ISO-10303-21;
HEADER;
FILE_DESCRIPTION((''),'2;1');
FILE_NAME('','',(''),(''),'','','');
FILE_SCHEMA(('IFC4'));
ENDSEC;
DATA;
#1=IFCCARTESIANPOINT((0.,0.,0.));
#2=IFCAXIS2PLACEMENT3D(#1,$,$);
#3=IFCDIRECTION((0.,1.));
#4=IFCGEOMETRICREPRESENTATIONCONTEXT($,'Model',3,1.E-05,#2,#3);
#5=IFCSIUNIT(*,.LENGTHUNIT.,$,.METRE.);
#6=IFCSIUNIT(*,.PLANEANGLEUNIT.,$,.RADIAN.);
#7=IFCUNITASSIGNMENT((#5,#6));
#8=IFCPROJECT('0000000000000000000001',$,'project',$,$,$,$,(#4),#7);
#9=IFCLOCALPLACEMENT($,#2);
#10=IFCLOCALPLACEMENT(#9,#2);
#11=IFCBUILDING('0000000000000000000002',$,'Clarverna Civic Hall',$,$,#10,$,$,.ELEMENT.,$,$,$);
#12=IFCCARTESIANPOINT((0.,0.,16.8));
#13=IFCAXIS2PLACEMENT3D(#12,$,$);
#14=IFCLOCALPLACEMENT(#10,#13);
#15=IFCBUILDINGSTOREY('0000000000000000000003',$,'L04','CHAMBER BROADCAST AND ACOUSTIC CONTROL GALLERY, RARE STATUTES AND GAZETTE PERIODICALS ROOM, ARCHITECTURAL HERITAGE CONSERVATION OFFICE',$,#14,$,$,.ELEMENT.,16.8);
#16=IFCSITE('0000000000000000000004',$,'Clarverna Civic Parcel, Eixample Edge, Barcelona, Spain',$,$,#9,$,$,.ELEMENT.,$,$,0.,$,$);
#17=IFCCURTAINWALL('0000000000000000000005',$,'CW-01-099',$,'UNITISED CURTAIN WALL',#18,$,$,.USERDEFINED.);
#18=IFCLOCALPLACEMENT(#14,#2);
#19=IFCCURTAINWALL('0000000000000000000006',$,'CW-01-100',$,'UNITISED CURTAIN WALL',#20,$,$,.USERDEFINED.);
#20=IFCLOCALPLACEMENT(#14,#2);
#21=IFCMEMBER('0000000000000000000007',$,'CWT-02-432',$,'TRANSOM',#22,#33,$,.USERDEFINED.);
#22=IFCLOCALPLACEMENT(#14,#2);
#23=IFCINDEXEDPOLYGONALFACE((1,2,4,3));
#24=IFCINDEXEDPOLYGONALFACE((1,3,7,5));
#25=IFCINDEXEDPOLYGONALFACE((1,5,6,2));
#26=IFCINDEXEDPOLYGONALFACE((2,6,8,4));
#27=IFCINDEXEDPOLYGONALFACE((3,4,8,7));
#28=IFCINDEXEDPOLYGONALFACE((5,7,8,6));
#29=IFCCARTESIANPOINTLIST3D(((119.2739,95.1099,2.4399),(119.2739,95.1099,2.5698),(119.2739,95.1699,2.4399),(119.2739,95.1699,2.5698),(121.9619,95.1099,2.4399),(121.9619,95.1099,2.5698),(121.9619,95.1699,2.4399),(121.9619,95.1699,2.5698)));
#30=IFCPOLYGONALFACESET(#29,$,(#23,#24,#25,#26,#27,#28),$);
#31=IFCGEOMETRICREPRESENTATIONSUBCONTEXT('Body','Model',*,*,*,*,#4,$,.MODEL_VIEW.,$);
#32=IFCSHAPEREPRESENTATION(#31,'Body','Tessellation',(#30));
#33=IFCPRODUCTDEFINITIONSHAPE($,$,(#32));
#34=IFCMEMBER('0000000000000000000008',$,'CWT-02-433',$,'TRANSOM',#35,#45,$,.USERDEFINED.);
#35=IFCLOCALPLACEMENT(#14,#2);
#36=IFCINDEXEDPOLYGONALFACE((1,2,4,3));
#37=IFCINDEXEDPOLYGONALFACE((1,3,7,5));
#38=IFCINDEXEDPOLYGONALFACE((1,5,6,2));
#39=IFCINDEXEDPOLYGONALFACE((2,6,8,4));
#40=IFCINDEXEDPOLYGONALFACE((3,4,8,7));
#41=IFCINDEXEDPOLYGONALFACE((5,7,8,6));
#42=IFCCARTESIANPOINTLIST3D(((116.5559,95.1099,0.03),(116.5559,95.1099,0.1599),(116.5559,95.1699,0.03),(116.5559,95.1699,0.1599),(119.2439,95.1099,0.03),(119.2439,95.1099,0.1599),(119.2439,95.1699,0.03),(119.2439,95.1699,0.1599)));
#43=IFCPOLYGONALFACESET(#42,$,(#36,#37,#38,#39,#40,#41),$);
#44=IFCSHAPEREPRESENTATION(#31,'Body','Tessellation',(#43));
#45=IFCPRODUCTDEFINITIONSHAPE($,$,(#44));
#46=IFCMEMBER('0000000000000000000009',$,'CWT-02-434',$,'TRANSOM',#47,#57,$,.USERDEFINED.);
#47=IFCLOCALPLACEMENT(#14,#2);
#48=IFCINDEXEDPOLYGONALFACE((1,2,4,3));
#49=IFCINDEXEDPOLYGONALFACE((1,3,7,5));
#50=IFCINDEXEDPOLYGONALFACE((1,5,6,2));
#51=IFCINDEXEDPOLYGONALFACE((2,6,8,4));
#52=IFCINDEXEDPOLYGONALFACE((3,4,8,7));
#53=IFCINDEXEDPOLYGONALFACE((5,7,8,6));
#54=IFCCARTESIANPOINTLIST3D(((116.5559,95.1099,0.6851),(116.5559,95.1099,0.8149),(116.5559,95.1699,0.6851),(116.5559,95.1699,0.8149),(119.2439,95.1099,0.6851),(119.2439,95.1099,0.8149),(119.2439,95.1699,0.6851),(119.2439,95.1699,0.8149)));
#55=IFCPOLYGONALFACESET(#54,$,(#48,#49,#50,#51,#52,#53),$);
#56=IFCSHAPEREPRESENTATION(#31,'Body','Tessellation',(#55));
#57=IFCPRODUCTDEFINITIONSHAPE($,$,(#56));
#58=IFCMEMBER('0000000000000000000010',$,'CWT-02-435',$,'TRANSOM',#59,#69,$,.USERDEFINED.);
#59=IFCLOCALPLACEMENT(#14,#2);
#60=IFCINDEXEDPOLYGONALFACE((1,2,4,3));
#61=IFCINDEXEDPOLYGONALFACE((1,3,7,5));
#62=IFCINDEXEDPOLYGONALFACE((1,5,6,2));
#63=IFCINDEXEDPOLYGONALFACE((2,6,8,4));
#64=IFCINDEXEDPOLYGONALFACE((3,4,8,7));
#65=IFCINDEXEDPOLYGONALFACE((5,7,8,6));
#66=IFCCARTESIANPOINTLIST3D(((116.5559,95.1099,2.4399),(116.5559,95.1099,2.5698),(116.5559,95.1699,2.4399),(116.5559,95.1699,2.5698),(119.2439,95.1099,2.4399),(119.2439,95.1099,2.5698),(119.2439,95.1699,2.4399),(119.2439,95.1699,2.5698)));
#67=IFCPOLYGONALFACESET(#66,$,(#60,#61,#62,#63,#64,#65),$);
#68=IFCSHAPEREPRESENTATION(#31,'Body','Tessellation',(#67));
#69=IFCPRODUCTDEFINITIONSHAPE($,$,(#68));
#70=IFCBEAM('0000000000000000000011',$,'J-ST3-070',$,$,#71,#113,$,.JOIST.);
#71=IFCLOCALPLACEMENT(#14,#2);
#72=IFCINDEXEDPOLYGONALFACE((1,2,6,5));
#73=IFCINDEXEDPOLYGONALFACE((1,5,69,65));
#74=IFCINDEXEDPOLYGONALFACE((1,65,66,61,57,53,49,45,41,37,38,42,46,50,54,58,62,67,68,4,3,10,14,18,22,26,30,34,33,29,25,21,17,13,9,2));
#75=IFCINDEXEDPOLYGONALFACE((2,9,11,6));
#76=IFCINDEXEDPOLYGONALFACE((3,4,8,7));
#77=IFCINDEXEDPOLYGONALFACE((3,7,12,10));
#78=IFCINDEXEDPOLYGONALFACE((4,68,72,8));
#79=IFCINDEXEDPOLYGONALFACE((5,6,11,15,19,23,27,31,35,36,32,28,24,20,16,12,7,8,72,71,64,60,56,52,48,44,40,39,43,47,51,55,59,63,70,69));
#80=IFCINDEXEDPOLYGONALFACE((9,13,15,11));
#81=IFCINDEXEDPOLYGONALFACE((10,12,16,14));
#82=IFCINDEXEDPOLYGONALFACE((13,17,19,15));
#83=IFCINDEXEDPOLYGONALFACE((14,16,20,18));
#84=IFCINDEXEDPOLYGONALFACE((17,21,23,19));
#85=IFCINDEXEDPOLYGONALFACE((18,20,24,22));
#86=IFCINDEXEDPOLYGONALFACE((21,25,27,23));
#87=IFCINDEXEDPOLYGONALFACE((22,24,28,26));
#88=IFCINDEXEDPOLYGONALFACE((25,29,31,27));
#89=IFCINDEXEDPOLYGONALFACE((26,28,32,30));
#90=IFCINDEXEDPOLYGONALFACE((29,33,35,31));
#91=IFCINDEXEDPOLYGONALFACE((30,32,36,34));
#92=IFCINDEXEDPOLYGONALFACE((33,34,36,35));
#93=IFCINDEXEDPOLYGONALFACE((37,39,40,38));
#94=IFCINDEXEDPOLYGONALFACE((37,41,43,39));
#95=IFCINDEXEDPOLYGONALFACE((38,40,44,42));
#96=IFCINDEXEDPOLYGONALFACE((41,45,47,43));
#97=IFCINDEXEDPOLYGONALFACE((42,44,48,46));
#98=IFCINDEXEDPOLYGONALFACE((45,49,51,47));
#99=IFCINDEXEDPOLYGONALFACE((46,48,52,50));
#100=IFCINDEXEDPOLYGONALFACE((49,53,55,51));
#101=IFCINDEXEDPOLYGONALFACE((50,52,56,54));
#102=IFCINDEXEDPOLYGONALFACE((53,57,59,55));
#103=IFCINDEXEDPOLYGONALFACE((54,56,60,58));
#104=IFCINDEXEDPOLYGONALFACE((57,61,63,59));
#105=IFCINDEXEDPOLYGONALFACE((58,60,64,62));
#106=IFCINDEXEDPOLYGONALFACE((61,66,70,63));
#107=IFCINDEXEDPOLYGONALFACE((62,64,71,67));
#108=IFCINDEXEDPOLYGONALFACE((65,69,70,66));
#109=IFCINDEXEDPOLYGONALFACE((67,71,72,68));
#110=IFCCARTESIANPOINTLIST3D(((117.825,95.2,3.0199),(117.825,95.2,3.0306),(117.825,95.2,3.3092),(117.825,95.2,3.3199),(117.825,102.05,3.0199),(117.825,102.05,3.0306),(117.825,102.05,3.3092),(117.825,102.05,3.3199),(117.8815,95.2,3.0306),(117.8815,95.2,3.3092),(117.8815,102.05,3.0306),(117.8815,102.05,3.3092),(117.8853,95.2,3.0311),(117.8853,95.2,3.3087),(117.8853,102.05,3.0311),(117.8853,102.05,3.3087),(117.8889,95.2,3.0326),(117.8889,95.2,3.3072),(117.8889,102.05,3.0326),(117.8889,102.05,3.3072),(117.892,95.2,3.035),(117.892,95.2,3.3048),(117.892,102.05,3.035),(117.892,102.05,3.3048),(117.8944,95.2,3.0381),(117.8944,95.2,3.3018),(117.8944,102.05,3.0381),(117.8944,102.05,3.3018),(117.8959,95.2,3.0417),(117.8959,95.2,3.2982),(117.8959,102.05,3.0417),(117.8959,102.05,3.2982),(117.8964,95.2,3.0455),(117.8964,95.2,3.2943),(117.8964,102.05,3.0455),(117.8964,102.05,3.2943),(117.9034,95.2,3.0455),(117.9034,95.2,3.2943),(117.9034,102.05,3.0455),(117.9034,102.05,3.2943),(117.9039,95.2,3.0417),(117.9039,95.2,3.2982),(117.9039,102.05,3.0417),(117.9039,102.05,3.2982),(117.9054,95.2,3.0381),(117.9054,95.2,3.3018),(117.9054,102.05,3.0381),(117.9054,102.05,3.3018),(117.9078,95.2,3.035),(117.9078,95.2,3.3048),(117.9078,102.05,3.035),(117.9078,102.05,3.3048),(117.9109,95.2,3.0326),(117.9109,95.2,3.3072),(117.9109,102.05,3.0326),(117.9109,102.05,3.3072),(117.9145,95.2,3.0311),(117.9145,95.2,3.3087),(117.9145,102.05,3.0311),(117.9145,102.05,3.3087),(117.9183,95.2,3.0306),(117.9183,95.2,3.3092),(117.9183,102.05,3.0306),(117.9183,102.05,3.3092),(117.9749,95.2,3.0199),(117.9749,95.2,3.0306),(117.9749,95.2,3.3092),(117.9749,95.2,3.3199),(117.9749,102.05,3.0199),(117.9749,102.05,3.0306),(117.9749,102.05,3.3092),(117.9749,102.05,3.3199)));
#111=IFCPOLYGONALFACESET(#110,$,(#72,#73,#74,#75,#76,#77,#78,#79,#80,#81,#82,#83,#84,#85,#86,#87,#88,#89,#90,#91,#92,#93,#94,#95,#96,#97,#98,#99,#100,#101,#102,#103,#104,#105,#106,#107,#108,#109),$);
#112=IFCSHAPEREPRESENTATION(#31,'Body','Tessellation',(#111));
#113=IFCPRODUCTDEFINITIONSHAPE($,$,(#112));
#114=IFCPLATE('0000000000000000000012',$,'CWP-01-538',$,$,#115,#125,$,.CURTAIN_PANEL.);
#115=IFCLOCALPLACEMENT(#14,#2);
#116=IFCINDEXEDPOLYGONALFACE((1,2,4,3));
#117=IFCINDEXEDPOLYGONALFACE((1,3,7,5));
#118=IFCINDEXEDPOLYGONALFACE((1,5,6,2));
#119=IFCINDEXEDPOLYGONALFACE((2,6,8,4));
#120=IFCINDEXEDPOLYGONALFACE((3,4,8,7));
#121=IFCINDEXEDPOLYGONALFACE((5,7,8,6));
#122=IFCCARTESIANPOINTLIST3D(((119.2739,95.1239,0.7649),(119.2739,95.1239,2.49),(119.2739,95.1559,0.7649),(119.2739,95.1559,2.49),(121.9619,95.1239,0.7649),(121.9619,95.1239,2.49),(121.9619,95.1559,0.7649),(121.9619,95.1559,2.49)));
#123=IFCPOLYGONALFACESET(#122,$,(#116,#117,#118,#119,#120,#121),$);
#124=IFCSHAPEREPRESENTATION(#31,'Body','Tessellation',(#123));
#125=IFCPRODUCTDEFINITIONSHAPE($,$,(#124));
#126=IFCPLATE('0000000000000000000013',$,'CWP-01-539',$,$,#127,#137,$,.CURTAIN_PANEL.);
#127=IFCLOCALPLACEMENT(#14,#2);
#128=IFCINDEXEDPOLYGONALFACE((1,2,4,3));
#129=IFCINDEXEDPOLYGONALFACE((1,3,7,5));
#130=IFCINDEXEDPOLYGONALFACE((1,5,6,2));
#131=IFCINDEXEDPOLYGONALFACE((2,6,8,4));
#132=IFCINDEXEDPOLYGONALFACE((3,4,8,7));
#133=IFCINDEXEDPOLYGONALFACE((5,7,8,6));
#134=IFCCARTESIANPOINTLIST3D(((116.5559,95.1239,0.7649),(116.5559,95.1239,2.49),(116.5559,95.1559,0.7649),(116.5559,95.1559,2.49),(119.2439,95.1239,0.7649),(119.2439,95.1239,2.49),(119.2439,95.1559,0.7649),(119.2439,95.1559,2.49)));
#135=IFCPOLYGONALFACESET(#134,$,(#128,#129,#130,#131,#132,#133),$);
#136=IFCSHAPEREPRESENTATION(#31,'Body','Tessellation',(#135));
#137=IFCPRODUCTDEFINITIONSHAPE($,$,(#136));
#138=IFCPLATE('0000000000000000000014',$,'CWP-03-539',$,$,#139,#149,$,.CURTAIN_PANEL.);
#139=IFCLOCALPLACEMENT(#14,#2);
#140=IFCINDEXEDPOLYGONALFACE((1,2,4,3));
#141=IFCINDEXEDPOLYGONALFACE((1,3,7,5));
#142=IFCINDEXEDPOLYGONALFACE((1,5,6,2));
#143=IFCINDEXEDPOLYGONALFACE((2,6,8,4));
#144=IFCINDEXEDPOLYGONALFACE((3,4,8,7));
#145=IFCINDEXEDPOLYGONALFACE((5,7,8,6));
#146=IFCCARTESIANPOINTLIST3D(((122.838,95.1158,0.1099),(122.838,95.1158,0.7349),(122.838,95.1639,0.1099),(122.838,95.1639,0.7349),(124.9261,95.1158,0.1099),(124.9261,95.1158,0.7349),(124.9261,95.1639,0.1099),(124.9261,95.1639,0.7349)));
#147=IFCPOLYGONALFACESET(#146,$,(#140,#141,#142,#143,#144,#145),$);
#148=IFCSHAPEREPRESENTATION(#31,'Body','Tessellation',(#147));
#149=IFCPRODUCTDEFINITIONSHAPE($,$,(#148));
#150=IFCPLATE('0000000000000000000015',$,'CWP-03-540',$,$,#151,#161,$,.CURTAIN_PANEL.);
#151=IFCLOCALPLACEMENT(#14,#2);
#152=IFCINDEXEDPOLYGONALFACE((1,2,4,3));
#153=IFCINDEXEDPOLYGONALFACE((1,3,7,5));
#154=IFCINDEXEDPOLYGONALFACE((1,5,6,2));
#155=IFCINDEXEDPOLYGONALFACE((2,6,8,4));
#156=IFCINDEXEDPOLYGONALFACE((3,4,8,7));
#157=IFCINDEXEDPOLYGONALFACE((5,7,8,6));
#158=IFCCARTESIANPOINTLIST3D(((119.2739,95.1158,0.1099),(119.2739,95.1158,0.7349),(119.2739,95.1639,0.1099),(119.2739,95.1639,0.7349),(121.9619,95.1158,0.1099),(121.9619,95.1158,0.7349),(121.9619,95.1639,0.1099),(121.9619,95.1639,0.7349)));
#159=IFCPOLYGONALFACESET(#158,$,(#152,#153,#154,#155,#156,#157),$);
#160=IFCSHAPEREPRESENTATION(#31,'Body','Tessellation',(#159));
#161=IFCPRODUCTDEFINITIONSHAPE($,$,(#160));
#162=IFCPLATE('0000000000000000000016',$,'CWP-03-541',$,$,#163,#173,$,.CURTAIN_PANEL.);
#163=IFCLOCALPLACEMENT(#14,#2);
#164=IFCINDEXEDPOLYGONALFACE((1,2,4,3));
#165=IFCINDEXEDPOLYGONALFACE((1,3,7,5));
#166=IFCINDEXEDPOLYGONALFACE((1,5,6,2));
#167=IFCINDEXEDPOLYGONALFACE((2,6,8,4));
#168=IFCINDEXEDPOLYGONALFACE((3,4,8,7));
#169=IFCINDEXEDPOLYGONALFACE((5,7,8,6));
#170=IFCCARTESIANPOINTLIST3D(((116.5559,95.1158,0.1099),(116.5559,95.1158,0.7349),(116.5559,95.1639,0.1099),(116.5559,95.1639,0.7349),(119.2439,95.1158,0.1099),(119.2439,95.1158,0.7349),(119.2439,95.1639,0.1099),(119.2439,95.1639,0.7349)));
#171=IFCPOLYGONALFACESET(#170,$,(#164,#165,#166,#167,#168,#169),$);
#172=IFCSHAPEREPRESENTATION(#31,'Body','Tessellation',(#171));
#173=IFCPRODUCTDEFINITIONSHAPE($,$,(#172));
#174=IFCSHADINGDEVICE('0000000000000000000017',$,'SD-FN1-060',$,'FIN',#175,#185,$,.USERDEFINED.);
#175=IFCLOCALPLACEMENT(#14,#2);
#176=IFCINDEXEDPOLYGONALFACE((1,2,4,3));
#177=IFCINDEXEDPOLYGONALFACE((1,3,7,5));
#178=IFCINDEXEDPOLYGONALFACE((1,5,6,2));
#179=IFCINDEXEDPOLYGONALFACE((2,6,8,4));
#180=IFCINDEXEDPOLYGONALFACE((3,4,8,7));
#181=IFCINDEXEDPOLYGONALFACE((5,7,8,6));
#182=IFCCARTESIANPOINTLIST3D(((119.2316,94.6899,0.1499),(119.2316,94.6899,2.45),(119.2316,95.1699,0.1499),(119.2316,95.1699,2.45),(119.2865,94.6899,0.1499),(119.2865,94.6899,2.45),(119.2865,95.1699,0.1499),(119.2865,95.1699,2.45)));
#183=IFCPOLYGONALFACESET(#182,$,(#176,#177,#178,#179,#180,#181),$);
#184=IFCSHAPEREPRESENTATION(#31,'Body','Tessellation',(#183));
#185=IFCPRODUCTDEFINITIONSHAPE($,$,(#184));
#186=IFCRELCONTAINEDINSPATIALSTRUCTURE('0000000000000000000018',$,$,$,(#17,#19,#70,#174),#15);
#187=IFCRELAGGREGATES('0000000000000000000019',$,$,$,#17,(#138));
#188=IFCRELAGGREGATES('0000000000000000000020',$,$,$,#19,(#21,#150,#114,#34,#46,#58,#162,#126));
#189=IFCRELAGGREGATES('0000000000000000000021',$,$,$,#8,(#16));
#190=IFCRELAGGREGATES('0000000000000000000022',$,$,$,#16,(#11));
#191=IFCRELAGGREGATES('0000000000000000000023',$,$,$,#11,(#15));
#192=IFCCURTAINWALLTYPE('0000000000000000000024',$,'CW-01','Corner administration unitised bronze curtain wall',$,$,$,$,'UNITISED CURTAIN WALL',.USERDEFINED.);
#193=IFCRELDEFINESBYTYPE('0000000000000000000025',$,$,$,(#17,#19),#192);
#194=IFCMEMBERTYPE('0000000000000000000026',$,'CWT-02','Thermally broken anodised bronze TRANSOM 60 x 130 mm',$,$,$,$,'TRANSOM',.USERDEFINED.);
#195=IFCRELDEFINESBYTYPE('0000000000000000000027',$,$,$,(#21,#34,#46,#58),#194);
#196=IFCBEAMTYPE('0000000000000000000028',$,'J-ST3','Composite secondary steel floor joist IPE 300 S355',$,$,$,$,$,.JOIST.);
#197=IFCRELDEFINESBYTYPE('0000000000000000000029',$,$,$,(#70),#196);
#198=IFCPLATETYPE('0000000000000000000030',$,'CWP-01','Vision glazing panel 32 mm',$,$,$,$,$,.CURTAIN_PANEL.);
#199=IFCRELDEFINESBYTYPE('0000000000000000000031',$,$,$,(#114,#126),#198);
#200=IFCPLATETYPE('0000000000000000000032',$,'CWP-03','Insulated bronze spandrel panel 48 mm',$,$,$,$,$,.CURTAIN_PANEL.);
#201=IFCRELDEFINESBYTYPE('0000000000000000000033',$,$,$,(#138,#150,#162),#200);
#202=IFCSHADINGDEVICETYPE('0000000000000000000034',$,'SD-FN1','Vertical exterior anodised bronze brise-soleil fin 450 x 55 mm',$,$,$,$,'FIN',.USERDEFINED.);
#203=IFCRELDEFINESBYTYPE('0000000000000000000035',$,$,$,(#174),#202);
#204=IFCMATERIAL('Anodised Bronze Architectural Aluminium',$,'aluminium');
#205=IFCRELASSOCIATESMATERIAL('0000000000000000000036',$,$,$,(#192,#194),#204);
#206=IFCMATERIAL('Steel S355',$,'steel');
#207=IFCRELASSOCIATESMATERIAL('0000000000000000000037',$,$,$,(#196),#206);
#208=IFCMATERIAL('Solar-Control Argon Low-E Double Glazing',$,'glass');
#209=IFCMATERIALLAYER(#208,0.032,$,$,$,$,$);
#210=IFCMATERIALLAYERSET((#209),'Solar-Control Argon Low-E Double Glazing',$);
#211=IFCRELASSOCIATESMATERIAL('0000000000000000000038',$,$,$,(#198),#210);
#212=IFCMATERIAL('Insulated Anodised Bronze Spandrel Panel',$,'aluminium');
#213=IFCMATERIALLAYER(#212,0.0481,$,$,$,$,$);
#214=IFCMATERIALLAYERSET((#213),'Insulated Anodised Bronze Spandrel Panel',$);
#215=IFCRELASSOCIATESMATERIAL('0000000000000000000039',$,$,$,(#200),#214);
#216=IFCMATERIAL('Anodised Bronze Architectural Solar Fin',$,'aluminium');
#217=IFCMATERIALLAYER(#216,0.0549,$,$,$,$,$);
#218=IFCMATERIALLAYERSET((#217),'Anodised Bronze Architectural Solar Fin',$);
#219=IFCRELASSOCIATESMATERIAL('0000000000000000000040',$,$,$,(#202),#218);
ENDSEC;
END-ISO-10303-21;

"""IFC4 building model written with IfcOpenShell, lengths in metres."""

from ifc_helpers import new_model, si_unit, direction, frame, frame_2d, origin, origin_2d, place, context, subcontext, project, spatial, rectangle, i_section, extrude, material, layer, layer_set, material_profile, profile_set, type_object, element, aggregate, save


model = new_model("IFC4")

# Units and contexts
model_context = context("Model", 3, precision=1e-05, world=origin(), true_north=direction((0.0, 1.0)))
body_context = subcontext(model_context, "Body", "Model", "MODEL_VIEW")
ifc_project = project(units=[si_unit("LENGTHUNIT", "METRE"), si_unit("PLANEANGLEUNIT", "RADIAN")], contexts=[model_context])

# Site, building, storey
site_placement = place(None, origin())
site = spatial("IfcSite", under=ifc_project, at=site_placement, Name="Clarverna Civic Parcel, Eixample Edge, Barcelona, Spain", CompositionType="ELEMENT", RefElevation=0.0)
building_placement = place(site_placement, origin())
building = spatial("IfcBuilding", under=site, at=building_placement, Name="Clarverna Civic Hall", CompositionType="ELEMENT")
storey_placement = place(building_placement, frame((0.0, 0.0, 16.8)))
storey = spatial("IfcBuildingStorey", under=building, at=storey_placement, Name="L04", Description="CHAMBER BROADCAST AND ACOUSTIC CONTROL GALLERY, RARE STATUTES AND GAZETTE PERIODICALS ROOM, ARCHITECTURAL HERITAGE CONSERVATION OFFICE", CompositionType="ELEMENT", Elevation=16.8)

# Shared definitions
ifc_material_1 = material(Name="Steel S355", Category="steel")

# Curtain wall
ifc_material_2 = material(Name="Anodised Bronze Architectural Aluminium", Category="aluminium")
curtain_wall_type = type_object("IfcCurtainWallType", Name="CW-01", Description="Corner administration unitised bronze curtain wall", ElementType="UNITISED CURTAIN WALL", PredefinedType="USERDEFINED", material=ifc_material_2)
curtain_wall_1_placement = place(storey_placement, origin())
curtain_wall_1 = element("IfcCurtainWall", 1, at=curtain_wall_1_placement, inside=storey, type_object=curtain_wall_type, Name="CW-01-099", ObjectType="UNITISED CURTAIN WALL", PredefinedType="USERDEFINED")

# Curtain wall
curtain_wall_2_placement = place(storey_placement, origin())
curtain_wall_2 = element("IfcCurtainWall", 2, at=curtain_wall_2_placement, inside=storey, type_object=curtain_wall_type, Name="CW-01-100", ObjectType="UNITISED CURTAIN WALL", PredefinedType="USERDEFINED")

# Members
ifc_material_profile_1 = material_profile(ifc_material_2, rectangle(XDim=0.0601, YDim=0.1299, at=origin_2d()), Name="BRONZE 60x130")
ifc_profile_set_1 = profile_set([ifc_material_profile_1], Name="Anodised Bronze Architectural Aluminium")
member_type_1 = type_object("IfcMemberType", Name="CWT-02", Description="Thermally broken anodised bronze TRANSOM 60 x 130 mm", ElementType="TRANSOM", PredefinedType="USERDEFINED", material=ifc_profile_set_1)
member_1_placement = place(storey_placement, frame((121.9619, 95.1399, 2.5049), z_axis=(-1.0, 0.0, 0.0), x_axis=(0.0, -1.0, 0.0)))
member_1 = element("IfcMember", 3, at=member_1_placement, type_object=member_type_1, Name="CWT-02-432", ObjectType="TRANSOM", PredefinedType="USERDEFINED", context=body_context, shape_type="SweptSolid", body=[
    extrude(rectangle(XDim=0.0601, YDim=0.1299, at=origin_2d()), origin(), (0.0, 0.0, 1.0), 2.688),
])
member_2_placement = place(storey_placement, frame((119.2439, 95.1399, 0.095), z_axis=(-1.0, 0.0, 0.0), x_axis=(0.0, -1.0, 0.0)))
member_2 = element("IfcMember", 4, at=member_2_placement, type_object=member_type_1, Name="CWT-02-433", ObjectType="TRANSOM", PredefinedType="USERDEFINED", context=body_context, shape_type="SweptSolid", body=[
    extrude(rectangle(XDim=0.0601, YDim=0.1299, at=origin_2d()), origin(), (0.0, 0.0, 1.0), 2.688),
])
member_3_placement = place(storey_placement, frame((119.2439, 95.1399, 0.75), z_axis=(-1.0, 0.0, 0.0), x_axis=(0.0, -1.0, 0.0)))
member_3 = element("IfcMember", 5, at=member_3_placement, type_object=member_type_1, Name="CWT-02-434", ObjectType="TRANSOM", PredefinedType="USERDEFINED", context=body_context, shape_type="SweptSolid", body=[
    extrude(rectangle(XDim=0.0601, YDim=0.1299, at=origin_2d()), origin(), (0.0, 0.0, 1.0), 2.688),
])
member_4_placement = place(storey_placement, frame((119.2439, 95.1399, 2.5049), z_axis=(-1.0, 0.0, 0.0), x_axis=(0.0, -1.0, 0.0)))
member_4 = element("IfcMember", 6, at=member_4_placement, type_object=member_type_1, Name="CWT-02-435", ObjectType="TRANSOM", PredefinedType="USERDEFINED", context=body_context, shape_type="SweptSolid", body=[
    extrude(rectangle(XDim=0.0601, YDim=0.1299, at=origin_2d()), origin(), (0.0, 0.0, 1.0), 2.688),
])

# Beam
ifc_material_profile_2 = material_profile(ifc_material_1, i_section(OverallWidth=0.1499, OverallDepth=0.3, WebThickness=0.0071, FlangeThickness=0.0107, FilletRadius=0.0149, at=origin_2d()), Name="IPE 300")
ifc_profile_set_2 = profile_set([ifc_material_profile_2], Name="Steel S355")
beam_type_1 = type_object("IfcBeamType", Name="J-ST3", Description="Composite secondary steel floor joist IPE 300 S355", PredefinedType="JOIST", material=ifc_profile_set_2)
beam_1_placement = place(storey_placement, frame((117.8999, 95.2, 3.1699), z_axis=(0.0, 1.0, 0.0), x_axis=(-1.0, 0.0, 0.0)))
element("IfcBeam", 7, at=beam_1_placement, inside=storey, type_object=beam_type_1, Name="J-ST3-070", PredefinedType="JOIST", context=body_context, shape_type="SweptSolid", body=[
    extrude(i_section(OverallWidth=0.1499, OverallDepth=0.3, WebThickness=0.0071, FlangeThickness=0.0107, FilletRadius=0.0149, at=origin_2d()), origin(), (0.0, 0.0, 1.0), 6.8501),
])

# Plates
ifc_material_3 = material(Name="Solar-Control Argon Low-E Double Glazing", Category="glass")
ifc_layer_1 = layer(ifc_material_3, 0.032)
ifc_layer_set_1 = layer_set([ifc_layer_1], Name="Solar-Control Argon Low-E Double Glazing")
plate_type_1 = type_object("IfcPlateType", Name="CWP-01", Description="Vision glazing panel 32 mm", PredefinedType="CURTAIN_PANEL", material=ifc_layer_set_1)
plate_1_placement = place(storey_placement, frame((121.9619, 95.1399, 0.7649), z_axis=(0.0, 0.0, 1.0), x_axis=(-1.0, 0.0, 0.0)))
plate_1 = element("IfcPlate", 8, at=plate_1_placement, type_object=plate_type_1, Name="CWP-01-538", PredefinedType="CURTAIN_PANEL", context=body_context, shape_type="SweptSolid", body=[
    extrude(rectangle(XDim=2.688, YDim=0.032, at=frame_2d((1.344, 0.0))), origin(), (0.0, 0.0, 1.0), 1.7251),
])
plate_2_placement = place(storey_placement, frame((119.2439, 95.1399, 0.7649), z_axis=(0.0, 0.0, 1.0), x_axis=(-1.0, 0.0, 0.0)))
plate_2 = element("IfcPlate", 9, at=plate_2_placement, type_object=plate_type_1, Name="CWP-01-539", PredefinedType="CURTAIN_PANEL", context=body_context, shape_type="SweptSolid", body=[
    extrude(rectangle(XDim=2.688, YDim=0.032, at=frame_2d((1.344, 0.0))), origin(), (0.0, 0.0, 1.0), 1.7251),
])
ifc_material_4 = material(Name="Insulated Anodised Bronze Spandrel Panel", Category="aluminium")
ifc_layer_2 = layer(ifc_material_4, 0.0481)
ifc_layer_set_2 = layer_set([ifc_layer_2], Name="Insulated Anodised Bronze Spandrel Panel")
plate_type_2 = type_object("IfcPlateType", Name="CWP-03", Description="Insulated bronze spandrel panel 48 mm", PredefinedType="CURTAIN_PANEL", material=ifc_layer_set_2)
plate_3_placement = place(storey_placement, frame((124.926, 95.1399, 0.1099), z_axis=(0.0, 0.0, 1.0), x_axis=(-1.0, 0.0, 0.0)))
plate_3 = element("IfcPlate", 10, at=plate_3_placement, type_object=plate_type_2, Name="CWP-03-539", PredefinedType="CURTAIN_PANEL", context=body_context, shape_type="SweptSolid", body=[
    extrude(rectangle(XDim=2.0881, YDim=0.0481, at=frame_2d((1.0439, 0.0))), origin(), (0.0, 0.0, 1.0), 0.625),
])
aggregate(curtain_wall_1, [plate_3])
plate_4_placement = place(storey_placement, frame((121.9619, 95.1399, 0.1099), z_axis=(0.0, 0.0, 1.0), x_axis=(-1.0, 0.0, 0.0)))
plate_4 = element("IfcPlate", 11, at=plate_4_placement, type_object=plate_type_2, Name="CWP-03-540", PredefinedType="CURTAIN_PANEL", context=body_context, shape_type="SweptSolid", body=[
    extrude(rectangle(XDim=2.688, YDim=0.0481, at=frame_2d((1.344, 0.0))), origin(), (0.0, 0.0, 1.0), 0.625),
])
plate_5_placement = place(storey_placement, frame((119.2439, 95.1399, 0.1099), z_axis=(0.0, 0.0, 1.0), x_axis=(-1.0, 0.0, 0.0)))
plate_5 = element("IfcPlate", 12, at=plate_5_placement, type_object=plate_type_2, Name="CWP-03-541", PredefinedType="CURTAIN_PANEL", context=body_context, shape_type="SweptSolid", body=[
    extrude(rectangle(XDim=2.688, YDim=0.0481, at=frame_2d((1.344, 0.0))), origin(), (0.0, 0.0, 1.0), 0.625),
])
aggregate(curtain_wall_2, [member_1, plate_4, plate_1, member_2, member_3, member_4, plate_5, plate_2])

# Shading device
ifc_material_5 = material(Name="Anodised Bronze Architectural Solar Fin", Category="aluminium")
ifc_layer_3 = layer(ifc_material_5, 0.0549)
ifc_layer_set_3 = layer_set([ifc_layer_3], Name="Anodised Bronze Architectural Solar Fin")
shading_device_type = type_object("IfcShadingDeviceType", Name="SD-FN1", Description="Vertical exterior anodised bronze brise-soleil fin 450 x 55 mm", ElementType="FIN", PredefinedType="USERDEFINED", material=ifc_layer_set_3)
shading_device_placement = place(storey_placement, frame((119.259, 95.1699, 0.1499), z_axis=(0.0, 0.0, 1.0), x_axis=(0.0, -1.0, 0.0)))
element("IfcShadingDevice", 13, at=shading_device_placement, inside=storey, type_object=shading_device_type, Name="SD-FN1-060", ObjectType="FIN", PredefinedType="USERDEFINED", context=body_context, shape_type="SweptSolid", body=[
    extrude(rectangle(XDim=0.48, YDim=0.0549, at=frame_2d((0.24, 0.0))), origin(), (0.0, 0.0, 1.0), 2.3),
])

save(model, "model.ifc")
